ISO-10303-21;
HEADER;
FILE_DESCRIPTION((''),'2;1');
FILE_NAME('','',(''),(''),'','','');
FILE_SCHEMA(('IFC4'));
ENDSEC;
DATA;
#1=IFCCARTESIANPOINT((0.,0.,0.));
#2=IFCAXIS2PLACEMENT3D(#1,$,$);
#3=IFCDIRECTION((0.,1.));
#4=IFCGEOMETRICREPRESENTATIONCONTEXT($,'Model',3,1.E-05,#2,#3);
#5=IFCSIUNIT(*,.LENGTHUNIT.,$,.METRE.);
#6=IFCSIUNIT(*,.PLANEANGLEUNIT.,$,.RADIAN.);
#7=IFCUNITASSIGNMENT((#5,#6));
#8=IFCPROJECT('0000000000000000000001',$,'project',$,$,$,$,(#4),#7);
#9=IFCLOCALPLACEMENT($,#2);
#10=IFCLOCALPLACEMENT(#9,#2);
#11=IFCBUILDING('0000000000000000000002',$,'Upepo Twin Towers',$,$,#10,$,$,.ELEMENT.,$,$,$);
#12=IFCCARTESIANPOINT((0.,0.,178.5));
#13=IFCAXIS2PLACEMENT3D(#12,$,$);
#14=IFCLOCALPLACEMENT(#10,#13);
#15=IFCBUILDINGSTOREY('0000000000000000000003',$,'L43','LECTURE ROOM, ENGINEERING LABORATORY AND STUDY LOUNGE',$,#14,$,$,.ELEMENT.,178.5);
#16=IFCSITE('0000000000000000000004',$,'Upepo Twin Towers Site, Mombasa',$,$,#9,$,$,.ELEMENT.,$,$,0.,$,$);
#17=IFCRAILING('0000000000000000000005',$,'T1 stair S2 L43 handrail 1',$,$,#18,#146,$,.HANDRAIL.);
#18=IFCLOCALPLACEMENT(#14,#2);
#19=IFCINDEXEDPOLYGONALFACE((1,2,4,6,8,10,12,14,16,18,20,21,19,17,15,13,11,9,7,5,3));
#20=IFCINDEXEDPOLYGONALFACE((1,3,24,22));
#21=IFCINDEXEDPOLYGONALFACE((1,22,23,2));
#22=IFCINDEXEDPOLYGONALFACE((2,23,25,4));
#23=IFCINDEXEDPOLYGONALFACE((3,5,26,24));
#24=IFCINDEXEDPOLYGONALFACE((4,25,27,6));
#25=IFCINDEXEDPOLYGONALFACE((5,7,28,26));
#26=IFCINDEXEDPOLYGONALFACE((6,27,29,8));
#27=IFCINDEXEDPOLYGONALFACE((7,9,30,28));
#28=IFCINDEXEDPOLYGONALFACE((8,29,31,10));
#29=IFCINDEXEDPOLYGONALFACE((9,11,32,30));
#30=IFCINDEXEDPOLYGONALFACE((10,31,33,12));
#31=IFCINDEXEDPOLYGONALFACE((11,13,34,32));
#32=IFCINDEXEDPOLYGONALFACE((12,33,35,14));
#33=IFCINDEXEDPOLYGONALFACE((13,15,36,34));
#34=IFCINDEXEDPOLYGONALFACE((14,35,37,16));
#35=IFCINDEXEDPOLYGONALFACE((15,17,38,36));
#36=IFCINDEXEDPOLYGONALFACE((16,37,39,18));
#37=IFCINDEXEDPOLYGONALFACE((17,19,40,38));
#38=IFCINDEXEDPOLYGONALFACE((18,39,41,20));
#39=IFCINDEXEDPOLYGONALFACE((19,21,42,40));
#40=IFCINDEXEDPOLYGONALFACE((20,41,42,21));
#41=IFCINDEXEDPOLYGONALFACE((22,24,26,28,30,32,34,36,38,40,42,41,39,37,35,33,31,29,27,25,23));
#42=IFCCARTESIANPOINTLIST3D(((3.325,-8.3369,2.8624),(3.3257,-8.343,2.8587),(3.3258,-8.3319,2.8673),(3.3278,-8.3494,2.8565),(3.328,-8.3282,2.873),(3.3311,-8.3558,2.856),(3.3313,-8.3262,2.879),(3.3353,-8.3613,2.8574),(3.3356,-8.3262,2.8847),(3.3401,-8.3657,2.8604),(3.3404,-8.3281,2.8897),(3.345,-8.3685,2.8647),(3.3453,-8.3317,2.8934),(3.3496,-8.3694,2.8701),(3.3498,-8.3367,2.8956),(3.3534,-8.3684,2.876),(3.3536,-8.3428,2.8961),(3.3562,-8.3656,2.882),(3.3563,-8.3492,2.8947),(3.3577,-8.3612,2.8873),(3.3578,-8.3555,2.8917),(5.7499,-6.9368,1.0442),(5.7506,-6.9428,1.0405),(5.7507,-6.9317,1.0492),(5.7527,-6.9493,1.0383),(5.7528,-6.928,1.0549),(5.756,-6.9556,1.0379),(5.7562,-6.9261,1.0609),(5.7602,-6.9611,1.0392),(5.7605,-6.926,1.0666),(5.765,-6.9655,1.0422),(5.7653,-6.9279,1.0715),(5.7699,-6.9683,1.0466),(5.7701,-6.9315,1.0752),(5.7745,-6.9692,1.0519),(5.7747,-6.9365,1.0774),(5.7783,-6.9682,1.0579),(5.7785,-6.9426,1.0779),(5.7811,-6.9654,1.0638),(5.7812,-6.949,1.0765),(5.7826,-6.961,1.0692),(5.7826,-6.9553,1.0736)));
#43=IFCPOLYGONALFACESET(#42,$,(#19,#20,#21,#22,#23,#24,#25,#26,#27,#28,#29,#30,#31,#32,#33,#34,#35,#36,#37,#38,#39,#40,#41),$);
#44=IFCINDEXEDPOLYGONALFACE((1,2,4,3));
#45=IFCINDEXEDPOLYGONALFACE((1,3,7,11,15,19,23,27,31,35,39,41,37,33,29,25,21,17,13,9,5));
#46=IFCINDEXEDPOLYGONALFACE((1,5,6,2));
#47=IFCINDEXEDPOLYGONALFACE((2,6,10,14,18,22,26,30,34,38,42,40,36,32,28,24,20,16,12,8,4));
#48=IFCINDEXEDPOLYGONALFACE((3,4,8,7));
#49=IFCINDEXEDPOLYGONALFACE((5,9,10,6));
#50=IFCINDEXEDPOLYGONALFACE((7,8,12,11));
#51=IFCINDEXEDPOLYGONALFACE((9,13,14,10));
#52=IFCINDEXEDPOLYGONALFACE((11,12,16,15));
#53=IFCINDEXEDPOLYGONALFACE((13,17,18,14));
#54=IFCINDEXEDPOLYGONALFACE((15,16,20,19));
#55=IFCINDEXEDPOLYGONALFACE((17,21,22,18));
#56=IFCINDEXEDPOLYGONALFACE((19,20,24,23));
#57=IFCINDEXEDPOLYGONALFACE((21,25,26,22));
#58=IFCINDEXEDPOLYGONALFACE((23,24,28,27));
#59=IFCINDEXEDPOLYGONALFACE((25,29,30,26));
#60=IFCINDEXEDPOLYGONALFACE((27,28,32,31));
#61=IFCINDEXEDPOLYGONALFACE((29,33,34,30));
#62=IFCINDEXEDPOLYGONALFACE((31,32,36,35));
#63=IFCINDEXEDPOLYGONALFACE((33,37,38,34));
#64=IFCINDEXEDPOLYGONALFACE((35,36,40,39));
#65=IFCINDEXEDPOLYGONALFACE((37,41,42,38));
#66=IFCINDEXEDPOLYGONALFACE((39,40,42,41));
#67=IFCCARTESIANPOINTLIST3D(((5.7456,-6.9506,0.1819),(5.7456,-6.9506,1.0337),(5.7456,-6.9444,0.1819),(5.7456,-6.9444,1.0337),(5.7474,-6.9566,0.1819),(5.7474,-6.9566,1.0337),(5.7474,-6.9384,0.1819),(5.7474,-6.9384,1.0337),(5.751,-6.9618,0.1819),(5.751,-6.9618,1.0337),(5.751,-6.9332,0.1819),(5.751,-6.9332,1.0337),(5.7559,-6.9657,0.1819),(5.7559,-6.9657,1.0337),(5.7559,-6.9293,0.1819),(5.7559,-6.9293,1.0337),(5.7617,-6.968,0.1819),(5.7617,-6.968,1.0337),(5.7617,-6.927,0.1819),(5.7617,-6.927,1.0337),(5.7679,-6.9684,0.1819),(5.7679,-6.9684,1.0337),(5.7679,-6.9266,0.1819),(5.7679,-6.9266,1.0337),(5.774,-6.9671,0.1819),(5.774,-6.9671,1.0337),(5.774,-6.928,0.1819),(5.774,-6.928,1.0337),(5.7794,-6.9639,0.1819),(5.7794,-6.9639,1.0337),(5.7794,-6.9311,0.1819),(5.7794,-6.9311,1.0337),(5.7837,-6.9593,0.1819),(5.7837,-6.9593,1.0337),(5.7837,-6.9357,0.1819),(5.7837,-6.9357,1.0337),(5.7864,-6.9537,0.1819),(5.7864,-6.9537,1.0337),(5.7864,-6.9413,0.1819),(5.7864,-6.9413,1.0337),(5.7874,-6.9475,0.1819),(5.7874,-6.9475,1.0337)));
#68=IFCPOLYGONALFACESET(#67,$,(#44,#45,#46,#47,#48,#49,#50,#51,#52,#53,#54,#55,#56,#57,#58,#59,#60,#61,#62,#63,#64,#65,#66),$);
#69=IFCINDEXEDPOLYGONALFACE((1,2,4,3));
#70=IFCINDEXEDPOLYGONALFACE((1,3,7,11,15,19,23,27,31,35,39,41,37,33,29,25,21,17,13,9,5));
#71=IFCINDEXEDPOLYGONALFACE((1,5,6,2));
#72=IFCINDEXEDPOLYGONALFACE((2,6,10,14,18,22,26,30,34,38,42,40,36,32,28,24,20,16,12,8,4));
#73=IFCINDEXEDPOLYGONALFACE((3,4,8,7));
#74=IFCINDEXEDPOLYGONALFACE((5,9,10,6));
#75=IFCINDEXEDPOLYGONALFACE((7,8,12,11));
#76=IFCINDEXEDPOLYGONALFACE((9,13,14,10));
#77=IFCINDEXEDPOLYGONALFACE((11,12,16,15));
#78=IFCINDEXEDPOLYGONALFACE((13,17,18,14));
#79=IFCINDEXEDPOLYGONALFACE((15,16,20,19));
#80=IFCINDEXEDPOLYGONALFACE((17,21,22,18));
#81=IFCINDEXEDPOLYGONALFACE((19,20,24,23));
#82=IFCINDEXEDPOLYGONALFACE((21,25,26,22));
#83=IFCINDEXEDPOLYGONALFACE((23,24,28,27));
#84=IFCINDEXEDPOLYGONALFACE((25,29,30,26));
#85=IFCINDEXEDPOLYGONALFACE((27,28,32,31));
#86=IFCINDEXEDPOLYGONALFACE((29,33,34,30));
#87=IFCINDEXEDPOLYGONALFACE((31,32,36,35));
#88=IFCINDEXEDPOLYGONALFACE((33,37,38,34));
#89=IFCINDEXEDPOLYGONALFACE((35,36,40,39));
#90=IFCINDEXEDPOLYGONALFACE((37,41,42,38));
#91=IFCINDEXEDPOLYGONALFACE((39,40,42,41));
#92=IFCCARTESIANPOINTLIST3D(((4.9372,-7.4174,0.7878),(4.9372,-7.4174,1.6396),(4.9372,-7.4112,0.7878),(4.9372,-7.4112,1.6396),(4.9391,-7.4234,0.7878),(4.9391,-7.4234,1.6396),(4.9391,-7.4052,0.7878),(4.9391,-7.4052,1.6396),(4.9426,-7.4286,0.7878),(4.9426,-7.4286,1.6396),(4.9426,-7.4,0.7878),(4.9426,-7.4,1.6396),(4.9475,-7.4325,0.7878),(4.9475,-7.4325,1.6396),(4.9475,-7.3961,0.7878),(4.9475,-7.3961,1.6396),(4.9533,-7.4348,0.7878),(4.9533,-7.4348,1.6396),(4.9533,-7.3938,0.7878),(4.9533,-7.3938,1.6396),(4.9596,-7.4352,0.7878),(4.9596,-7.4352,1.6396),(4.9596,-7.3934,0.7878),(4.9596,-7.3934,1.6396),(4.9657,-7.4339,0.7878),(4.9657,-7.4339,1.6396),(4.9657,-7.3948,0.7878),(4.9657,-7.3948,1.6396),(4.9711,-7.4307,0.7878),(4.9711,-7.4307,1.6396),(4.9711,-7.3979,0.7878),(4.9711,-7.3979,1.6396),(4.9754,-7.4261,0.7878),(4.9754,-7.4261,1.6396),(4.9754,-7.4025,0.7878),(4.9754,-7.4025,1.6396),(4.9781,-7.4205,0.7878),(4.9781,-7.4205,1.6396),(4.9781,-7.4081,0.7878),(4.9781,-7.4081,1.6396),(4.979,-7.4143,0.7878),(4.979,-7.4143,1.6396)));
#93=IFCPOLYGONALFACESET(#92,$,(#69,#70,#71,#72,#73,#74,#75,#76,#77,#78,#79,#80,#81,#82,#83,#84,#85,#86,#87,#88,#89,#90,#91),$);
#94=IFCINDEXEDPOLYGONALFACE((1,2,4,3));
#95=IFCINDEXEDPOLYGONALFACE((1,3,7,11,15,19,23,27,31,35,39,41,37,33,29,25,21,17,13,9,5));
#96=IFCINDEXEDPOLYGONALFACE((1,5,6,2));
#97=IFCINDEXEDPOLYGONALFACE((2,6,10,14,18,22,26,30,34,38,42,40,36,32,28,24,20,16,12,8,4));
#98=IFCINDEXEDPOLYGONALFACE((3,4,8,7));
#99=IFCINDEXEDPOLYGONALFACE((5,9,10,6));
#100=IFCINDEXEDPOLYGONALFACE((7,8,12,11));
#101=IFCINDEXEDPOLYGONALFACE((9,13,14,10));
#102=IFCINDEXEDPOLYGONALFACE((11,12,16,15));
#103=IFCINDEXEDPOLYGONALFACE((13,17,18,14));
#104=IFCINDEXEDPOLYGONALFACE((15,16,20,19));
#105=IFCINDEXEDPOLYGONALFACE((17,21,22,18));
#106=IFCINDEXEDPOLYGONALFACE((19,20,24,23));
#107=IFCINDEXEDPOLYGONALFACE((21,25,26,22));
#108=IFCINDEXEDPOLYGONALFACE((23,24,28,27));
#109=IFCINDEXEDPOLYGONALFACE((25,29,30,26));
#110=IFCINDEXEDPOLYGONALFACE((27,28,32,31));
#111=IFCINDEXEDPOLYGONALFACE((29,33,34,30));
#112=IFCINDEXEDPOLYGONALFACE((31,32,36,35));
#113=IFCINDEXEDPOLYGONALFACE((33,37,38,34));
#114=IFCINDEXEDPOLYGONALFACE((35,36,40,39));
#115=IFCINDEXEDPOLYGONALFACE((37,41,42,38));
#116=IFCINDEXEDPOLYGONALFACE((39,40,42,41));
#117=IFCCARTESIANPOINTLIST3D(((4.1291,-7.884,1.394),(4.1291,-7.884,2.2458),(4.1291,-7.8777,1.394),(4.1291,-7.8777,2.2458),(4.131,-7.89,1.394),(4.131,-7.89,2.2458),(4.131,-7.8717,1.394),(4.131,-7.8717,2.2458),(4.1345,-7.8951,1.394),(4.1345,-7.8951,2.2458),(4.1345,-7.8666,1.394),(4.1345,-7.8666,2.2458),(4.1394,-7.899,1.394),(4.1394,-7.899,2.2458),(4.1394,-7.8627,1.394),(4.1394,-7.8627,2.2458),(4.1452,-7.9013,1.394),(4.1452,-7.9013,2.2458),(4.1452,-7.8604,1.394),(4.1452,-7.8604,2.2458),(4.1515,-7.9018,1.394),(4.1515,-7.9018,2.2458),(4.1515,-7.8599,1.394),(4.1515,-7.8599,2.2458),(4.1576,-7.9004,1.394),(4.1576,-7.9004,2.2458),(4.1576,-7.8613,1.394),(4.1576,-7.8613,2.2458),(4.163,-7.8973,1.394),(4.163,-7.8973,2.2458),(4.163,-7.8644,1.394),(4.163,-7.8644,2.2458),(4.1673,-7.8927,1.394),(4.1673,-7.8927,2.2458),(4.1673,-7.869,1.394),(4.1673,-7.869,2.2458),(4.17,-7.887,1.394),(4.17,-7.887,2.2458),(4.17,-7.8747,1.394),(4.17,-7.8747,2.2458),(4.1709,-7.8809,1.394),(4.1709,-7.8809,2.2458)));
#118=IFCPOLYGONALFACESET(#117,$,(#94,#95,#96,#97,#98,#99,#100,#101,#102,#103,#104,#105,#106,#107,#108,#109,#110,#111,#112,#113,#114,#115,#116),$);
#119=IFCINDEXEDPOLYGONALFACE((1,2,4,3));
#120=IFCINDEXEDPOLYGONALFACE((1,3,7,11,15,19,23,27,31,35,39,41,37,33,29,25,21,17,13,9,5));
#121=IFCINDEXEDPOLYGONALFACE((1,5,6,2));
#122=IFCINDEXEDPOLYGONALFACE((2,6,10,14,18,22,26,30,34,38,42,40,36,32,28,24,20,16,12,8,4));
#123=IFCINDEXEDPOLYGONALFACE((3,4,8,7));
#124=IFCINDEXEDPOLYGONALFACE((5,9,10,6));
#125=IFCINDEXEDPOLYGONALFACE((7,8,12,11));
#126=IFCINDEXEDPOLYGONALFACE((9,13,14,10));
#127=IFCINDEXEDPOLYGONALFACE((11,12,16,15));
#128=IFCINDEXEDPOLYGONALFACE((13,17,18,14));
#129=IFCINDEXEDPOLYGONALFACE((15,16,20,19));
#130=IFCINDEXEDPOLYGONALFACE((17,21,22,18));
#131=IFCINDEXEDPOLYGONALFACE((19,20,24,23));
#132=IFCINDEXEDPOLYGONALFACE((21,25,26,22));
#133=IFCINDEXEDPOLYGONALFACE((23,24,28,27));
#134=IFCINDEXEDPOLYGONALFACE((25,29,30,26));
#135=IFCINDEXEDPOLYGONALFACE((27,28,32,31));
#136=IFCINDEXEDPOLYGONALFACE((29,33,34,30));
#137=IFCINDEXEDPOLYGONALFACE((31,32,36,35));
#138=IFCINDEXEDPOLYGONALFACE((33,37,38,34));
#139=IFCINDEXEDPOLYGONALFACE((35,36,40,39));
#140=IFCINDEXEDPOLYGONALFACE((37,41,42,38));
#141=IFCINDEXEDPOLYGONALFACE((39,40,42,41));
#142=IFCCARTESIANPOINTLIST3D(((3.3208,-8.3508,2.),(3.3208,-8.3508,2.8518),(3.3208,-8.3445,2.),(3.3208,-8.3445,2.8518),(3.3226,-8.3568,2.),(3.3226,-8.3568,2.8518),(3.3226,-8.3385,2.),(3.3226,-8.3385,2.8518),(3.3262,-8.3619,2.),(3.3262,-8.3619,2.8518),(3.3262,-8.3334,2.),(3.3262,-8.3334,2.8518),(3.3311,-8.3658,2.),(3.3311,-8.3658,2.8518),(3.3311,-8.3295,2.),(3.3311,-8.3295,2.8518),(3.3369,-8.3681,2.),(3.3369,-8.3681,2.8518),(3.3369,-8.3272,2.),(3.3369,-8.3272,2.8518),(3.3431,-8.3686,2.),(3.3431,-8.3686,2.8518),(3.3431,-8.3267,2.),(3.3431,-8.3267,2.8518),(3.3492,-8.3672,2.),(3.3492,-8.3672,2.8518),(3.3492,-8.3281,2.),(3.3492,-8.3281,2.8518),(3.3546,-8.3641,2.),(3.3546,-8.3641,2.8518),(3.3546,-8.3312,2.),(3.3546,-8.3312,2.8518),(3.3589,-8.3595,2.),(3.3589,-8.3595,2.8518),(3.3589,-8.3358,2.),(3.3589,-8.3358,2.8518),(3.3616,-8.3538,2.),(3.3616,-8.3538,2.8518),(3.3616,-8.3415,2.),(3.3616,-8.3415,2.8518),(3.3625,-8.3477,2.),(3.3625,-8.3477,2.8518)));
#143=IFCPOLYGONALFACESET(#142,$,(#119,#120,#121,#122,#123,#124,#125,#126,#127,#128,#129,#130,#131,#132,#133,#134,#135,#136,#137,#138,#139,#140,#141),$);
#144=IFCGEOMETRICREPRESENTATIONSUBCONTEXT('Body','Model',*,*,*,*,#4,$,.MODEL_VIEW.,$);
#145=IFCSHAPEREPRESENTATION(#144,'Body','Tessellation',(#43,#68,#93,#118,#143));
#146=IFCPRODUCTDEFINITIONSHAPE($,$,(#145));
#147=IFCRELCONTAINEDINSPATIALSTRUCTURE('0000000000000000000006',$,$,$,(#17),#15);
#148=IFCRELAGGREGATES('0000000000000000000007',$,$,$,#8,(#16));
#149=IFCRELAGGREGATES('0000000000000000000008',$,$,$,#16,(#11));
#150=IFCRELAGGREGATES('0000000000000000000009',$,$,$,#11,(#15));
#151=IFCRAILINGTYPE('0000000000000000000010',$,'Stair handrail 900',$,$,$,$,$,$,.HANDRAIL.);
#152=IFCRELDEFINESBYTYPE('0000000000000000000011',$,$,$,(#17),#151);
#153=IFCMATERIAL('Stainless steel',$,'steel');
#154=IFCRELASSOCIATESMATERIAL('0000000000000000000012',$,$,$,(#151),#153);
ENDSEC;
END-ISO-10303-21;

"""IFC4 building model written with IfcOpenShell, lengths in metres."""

from ifc_helpers import new_model, si_unit, direction, frame, origin, origin_2d, place, context, subcontext, project, spatial, circle, extrude, material, type_object, element, save


model = new_model("IFC4")

# Units and contexts
model_context = context("Model", 3, precision=1e-05, world=origin(), true_north=direction((0.0, 1.0)))
body_context = subcontext(model_context, "Body", "Model", "MODEL_VIEW")
ifc_project = project(units=[si_unit("LENGTHUNIT", "METRE"), si_unit("PLANEANGLEUNIT", "RADIAN")], contexts=[model_context])

# Site, building, storey
site_placement = place(None, origin())
site = spatial("IfcSite", under=ifc_project, at=site_placement, Name="Upepo Twin Towers Site, Mombasa", CompositionType="ELEMENT", RefElevation=0.0)
building_placement = place(site_placement, origin())
building = spatial("IfcBuilding", under=site, at=building_placement, Name="Upepo Twin Towers", CompositionType="ELEMENT")
storey_placement = place(building_placement, frame((0.0, 0.0, 178.5)))
storey = spatial("IfcBuildingStorey", under=building, at=storey_placement, Name="L43", Description="LECTURE ROOM, ENGINEERING LABORATORY AND STUDY LOUNGE", CompositionType="ELEMENT", Elevation=178.5)

# Railing
ifc_material_1 = material(Name="Stainless steel", Category="steel")
railing_type = type_object("IfcRailingType", Name="Stair handrail 900", PredefinedType="HANDRAIL", material=ifc_material_1)
railing_1_placement = place(storey_placement, frame((5.7664, -6.9475, 0.1819)))
element("IfcRailing", 1, at=railing_1_placement, inside=storey, type_object=railing_type, Name="T1 stair S2 L43 handrail 1", PredefinedType="HANDRAIL", context=body_context, shape_type="SweptSolid", body=[
    extrude(circle(Radius=0.0239, at=origin_2d()), frame((0.0, 0.0, 0.876), z_axis=(-0.726314, -0.419393, 0.544589), x_axis=(0.50005, -0.865997, 0.0)), (0.0, 0.0, 1.0), 3.3386),
    extrude(circle(Radius=0.021, at=origin_2d()), origin(), (0.0, 0.0, 1.0), 0.8518),
    extrude(circle(Radius=0.021, at=origin_2d()), frame((-0.8083, -0.4668, 0.606)), (0.0, 0.0, 1.0), 0.8518),
    extrude(circle(Radius=0.021, at=origin_2d()), frame((-1.6165, -0.9333, 1.2122)), (0.0, 0.0, 1.0), 0.8518),
    extrude(circle(Radius=0.021, at=origin_2d()), frame((-2.4248, -1.4001, 1.8181)), (0.0, 0.0, 1.0), 0.8518),
])

save(model, "model.ifc")
